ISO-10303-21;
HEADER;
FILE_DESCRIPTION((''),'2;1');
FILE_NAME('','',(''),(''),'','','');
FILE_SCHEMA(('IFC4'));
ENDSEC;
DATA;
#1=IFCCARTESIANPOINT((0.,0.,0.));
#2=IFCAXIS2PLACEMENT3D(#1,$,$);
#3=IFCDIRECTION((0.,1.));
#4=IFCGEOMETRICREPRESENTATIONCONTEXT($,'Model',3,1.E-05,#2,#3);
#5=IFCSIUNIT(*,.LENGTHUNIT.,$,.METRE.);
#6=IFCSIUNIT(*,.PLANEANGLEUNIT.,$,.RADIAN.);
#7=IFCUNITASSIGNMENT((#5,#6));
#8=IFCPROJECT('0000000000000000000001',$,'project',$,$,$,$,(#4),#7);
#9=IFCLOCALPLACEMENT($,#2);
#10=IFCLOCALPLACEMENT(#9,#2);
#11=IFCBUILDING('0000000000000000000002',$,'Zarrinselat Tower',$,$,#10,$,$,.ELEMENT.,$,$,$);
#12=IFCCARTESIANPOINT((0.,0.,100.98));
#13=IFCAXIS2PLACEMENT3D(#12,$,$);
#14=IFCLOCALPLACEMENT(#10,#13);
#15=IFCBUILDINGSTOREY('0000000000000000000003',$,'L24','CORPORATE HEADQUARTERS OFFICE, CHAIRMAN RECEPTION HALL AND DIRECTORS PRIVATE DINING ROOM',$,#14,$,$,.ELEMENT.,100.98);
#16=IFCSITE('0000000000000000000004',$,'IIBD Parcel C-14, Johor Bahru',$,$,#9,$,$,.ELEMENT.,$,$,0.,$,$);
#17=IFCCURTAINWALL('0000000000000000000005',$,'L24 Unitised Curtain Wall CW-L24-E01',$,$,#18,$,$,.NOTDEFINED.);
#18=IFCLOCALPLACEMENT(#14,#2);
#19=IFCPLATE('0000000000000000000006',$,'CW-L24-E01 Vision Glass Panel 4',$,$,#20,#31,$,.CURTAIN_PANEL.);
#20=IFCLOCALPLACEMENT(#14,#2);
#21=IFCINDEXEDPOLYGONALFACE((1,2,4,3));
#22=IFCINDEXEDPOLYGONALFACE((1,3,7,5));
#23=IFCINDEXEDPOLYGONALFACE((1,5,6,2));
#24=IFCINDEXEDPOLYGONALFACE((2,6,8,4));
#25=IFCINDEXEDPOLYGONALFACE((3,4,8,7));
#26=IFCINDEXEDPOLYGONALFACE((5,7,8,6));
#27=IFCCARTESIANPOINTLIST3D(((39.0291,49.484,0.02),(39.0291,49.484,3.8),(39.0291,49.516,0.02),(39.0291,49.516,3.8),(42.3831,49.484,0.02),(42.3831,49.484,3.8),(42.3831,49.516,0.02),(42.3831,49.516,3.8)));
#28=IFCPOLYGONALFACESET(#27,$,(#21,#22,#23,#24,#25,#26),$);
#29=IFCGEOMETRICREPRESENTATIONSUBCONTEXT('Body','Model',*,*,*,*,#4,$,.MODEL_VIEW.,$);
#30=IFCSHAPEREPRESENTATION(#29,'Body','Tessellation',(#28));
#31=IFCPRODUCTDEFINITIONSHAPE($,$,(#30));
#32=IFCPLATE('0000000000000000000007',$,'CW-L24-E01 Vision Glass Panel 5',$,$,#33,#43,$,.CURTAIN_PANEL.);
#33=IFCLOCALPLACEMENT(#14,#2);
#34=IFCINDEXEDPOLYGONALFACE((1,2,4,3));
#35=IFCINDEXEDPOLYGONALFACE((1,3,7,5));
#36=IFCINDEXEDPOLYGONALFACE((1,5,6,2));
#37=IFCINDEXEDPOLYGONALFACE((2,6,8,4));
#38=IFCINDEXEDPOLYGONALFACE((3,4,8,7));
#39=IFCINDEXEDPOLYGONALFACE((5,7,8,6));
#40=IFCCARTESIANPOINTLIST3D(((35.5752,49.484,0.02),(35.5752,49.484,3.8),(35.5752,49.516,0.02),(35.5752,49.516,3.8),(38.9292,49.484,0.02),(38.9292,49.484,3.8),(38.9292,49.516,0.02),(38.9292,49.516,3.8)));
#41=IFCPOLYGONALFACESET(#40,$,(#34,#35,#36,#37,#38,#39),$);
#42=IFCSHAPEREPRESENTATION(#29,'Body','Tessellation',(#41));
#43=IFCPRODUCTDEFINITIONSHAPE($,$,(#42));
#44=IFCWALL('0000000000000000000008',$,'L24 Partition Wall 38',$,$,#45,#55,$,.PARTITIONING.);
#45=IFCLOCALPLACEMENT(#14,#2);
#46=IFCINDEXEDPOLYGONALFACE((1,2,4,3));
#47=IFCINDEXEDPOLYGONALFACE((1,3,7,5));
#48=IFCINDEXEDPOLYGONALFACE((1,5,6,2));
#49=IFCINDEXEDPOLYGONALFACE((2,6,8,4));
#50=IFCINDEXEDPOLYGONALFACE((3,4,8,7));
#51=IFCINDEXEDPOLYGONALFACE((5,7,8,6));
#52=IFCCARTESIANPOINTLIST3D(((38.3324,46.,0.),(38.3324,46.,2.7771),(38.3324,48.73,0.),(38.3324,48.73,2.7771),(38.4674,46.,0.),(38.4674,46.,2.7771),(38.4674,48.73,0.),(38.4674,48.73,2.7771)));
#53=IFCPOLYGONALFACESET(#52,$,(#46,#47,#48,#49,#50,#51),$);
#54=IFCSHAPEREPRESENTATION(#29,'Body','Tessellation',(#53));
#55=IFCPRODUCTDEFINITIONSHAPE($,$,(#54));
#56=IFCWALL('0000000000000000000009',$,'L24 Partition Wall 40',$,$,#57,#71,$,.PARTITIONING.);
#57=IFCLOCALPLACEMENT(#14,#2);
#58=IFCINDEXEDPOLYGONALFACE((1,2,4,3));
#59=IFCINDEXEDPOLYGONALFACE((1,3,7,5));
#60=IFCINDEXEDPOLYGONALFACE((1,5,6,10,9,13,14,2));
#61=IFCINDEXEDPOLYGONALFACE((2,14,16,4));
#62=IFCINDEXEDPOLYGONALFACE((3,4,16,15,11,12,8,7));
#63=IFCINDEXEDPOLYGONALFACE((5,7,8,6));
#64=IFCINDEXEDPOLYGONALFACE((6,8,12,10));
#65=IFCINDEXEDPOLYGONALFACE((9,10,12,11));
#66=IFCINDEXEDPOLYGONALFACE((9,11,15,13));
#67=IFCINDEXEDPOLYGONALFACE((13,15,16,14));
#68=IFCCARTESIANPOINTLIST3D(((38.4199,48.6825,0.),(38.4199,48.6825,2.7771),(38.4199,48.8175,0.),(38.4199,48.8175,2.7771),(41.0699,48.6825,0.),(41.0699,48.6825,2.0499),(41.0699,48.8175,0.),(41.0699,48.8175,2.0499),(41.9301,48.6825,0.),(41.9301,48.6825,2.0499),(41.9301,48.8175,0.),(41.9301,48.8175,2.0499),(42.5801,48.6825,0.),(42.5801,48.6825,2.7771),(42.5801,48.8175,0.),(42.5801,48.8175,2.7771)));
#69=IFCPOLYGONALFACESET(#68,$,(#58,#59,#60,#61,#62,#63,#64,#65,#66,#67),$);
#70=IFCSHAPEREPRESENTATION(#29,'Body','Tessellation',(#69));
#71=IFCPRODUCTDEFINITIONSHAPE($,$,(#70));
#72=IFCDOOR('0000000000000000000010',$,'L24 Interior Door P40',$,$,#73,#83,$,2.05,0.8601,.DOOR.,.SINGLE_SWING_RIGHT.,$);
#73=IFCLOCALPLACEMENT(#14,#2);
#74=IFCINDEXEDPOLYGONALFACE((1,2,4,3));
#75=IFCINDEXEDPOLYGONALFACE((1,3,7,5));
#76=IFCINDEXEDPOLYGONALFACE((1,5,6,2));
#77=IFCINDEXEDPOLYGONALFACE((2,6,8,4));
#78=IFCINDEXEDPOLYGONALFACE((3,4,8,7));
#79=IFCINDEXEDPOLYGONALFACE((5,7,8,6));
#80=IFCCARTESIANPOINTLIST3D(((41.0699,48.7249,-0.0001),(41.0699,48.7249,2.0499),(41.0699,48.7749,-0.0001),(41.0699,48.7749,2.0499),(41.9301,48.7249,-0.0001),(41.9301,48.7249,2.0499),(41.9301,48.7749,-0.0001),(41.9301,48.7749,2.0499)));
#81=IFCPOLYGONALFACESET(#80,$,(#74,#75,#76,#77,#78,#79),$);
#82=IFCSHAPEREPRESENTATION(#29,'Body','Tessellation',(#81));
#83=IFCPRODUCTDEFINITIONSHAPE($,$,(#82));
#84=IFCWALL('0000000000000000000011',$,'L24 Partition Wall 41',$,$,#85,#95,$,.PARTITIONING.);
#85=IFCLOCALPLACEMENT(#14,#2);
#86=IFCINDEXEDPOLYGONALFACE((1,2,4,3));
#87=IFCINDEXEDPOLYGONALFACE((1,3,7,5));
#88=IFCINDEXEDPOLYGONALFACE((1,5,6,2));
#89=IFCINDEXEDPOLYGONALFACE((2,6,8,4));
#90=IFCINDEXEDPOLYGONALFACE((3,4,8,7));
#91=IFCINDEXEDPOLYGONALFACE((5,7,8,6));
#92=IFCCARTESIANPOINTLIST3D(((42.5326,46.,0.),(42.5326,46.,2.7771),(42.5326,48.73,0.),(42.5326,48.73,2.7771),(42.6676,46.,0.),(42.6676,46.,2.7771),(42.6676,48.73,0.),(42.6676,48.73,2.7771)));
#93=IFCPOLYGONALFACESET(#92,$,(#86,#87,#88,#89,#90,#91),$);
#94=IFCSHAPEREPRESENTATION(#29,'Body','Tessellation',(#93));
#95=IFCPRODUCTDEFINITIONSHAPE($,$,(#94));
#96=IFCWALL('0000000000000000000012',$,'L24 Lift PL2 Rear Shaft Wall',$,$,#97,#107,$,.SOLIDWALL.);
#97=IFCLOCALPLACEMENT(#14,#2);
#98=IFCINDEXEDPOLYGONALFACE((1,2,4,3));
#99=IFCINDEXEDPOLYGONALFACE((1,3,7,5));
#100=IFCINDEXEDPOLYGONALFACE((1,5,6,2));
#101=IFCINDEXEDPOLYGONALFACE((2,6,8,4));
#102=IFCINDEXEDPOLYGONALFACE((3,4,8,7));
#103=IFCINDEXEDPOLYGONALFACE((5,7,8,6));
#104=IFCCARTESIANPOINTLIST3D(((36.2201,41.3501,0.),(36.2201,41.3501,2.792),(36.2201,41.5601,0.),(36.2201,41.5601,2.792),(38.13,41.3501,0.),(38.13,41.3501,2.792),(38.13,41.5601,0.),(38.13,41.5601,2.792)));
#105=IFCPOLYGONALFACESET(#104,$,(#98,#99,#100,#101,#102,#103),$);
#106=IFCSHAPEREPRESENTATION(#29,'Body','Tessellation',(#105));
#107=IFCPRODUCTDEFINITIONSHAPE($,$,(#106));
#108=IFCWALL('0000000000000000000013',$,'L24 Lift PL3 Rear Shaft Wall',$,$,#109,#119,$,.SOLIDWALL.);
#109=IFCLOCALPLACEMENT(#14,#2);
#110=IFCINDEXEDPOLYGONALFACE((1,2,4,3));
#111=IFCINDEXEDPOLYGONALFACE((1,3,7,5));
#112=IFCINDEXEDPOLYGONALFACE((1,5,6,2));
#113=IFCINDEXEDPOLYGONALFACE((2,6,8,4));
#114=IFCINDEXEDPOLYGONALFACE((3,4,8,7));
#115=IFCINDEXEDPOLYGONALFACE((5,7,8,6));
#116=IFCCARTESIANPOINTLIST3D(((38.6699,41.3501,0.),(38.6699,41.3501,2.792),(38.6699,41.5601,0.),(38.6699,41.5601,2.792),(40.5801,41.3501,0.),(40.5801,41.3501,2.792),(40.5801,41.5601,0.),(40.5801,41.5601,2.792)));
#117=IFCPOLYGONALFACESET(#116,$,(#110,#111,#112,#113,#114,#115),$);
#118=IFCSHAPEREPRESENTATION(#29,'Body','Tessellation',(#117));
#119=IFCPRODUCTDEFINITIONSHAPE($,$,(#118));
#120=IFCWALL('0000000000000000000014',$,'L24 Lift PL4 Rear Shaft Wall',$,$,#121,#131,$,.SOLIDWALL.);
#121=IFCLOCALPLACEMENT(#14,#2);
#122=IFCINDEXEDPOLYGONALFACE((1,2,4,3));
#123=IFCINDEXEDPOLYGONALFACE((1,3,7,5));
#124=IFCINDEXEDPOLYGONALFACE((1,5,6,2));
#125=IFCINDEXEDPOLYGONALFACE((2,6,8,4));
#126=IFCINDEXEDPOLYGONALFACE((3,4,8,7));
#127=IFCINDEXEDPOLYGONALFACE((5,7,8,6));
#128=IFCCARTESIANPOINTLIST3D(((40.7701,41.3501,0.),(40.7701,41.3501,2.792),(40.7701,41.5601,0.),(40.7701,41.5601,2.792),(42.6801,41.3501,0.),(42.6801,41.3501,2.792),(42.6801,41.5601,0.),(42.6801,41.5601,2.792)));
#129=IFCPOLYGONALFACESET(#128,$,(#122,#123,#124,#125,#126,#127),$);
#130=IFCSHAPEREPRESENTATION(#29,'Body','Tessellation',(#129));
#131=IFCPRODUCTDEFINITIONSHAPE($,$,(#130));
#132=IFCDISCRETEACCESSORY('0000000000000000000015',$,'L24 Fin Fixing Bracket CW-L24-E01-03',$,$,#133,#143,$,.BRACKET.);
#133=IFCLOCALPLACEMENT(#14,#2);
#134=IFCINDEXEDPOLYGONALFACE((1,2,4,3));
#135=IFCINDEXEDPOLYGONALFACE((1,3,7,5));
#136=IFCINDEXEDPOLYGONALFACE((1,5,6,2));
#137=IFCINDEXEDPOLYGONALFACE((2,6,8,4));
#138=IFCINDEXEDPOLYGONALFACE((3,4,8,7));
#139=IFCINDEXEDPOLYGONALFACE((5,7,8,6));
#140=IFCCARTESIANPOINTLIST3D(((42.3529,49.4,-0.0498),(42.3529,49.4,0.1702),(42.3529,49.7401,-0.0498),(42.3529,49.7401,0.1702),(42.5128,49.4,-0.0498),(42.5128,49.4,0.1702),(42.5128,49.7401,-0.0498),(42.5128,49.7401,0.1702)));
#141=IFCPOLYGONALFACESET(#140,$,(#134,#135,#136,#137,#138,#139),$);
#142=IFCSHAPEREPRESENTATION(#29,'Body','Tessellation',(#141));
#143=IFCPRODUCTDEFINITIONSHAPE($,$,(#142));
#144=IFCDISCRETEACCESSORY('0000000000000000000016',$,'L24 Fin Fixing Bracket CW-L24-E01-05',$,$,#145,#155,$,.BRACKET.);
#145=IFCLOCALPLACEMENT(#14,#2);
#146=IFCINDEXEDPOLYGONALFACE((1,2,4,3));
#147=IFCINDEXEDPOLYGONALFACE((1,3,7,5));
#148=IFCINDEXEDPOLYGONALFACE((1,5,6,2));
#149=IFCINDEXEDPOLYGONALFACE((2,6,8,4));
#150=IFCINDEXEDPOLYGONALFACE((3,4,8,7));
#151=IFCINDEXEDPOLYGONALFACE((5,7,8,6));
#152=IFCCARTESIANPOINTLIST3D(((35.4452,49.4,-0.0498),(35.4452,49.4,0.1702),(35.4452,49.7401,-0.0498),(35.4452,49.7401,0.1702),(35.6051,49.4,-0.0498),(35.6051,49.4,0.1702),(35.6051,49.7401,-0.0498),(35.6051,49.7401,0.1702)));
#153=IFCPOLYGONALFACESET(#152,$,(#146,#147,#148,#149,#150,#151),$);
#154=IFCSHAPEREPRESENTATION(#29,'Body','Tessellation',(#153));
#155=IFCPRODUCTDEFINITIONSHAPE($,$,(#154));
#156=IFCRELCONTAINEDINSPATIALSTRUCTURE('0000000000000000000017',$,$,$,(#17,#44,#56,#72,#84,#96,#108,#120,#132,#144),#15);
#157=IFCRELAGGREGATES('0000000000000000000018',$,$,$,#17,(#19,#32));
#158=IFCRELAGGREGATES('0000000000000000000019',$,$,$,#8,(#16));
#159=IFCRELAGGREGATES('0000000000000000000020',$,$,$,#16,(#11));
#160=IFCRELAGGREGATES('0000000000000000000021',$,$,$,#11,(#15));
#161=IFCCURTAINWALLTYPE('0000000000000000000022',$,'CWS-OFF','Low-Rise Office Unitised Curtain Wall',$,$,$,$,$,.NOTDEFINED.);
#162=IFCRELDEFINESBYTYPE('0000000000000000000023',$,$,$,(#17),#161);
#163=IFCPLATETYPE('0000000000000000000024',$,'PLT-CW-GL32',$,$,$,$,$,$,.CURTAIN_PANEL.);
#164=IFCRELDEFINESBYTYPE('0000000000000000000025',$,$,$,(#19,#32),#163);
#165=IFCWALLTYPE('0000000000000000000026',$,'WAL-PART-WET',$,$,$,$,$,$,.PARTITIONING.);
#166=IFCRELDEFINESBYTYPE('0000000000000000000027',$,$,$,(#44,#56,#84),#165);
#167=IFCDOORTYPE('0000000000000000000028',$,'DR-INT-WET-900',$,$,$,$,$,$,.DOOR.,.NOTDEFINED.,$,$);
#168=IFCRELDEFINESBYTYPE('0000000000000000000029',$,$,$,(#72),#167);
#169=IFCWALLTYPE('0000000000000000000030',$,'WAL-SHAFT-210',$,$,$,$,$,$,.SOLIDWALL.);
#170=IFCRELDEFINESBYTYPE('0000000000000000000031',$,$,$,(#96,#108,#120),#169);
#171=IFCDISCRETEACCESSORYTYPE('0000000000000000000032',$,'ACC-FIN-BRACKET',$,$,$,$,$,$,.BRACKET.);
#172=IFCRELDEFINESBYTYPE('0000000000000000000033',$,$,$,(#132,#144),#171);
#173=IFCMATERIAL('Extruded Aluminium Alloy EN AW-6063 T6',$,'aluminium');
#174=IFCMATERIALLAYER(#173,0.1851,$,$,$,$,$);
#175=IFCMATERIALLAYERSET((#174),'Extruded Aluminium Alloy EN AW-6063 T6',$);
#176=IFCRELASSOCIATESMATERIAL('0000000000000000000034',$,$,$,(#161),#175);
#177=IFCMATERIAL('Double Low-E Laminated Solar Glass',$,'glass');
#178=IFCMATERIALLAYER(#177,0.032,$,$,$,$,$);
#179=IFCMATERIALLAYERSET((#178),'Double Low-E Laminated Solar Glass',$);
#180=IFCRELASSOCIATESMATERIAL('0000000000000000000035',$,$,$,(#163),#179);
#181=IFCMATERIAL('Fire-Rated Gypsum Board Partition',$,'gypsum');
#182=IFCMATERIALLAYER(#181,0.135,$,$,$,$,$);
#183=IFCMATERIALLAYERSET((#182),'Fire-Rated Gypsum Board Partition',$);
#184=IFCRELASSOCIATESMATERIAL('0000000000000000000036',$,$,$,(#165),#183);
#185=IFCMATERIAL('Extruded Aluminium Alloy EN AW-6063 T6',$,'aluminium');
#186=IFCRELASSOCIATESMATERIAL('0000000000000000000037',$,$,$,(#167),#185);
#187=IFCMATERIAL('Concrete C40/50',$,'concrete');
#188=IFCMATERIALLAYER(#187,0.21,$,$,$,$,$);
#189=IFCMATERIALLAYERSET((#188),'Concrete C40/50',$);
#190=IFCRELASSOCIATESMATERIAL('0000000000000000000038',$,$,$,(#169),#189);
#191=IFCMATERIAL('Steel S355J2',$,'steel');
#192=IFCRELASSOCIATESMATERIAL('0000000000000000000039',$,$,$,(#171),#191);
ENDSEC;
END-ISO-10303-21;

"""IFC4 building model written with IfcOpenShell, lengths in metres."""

from ifc_helpers import new_model, si_unit, direction, frame, frame_2d, origin, origin_2d, place, context, subcontext, project, spatial, rectangle, extrude, material, layer, layer_set, type_object, element, fill, aggregate, save


model = new_model("IFC4")

# Units and contexts
model_context = context("Model", 3, precision=1e-05, world=origin(), true_north=direction((0.0, 1.0)))
body_context = subcontext(model_context, "Body", "Model", "MODEL_VIEW")
ifc_project = project(units=[si_unit("LENGTHUNIT", "METRE"), si_unit("PLANEANGLEUNIT", "RADIAN")], contexts=[model_context])

# Site, building, storey
site_placement = place(None, origin())
site = spatial("IfcSite", under=ifc_project, at=site_placement, Name="IIBD Parcel C-14, Johor Bahru", CompositionType="ELEMENT", RefElevation=0.0)
building_placement = place(site_placement, origin())
building = spatial("IfcBuilding", under=site, at=building_placement, Name="Zarrinselat Tower", CompositionType="ELEMENT")
storey_placement = place(building_placement, frame((0.0, 0.0, 100.98)))
storey = spatial("IfcBuildingStorey", under=building, at=storey_placement, Name="L24", Description="CORPORATE HEADQUARTERS OFFICE, CHAIRMAN RECEPTION HALL AND DIRECTORS PRIVATE DINING ROOM", CompositionType="ELEMENT", Elevation=100.98)

# Curtain wall, plates
ifc_material_1 = material(Name="Extruded Aluminium Alloy EN AW-6063 T6", Category="aluminium")
ifc_layer_1 = layer(ifc_material_1, 0.1851)
ifc_layer_set_1 = layer_set([ifc_layer_1], Name="Extruded Aluminium Alloy EN AW-6063 T6")
curtain_wall_type = type_object("IfcCurtainWallType", Name="CWS-OFF", Description="Low-Rise Office Unitised Curtain Wall", PredefinedType="NOTDEFINED", material=ifc_layer_set_1)
curtain_wall_placement = place(storey_placement, origin())
curtain_wall = element("IfcCurtainWall", 1, at=curtain_wall_placement, inside=storey, type_object=curtain_wall_type, Name="L24 Unitised Curtain Wall CW-L24-E01", PredefinedType="NOTDEFINED")
ifc_material_2 = material(Name="Double Low-E Laminated Solar Glass", Category="glass")
ifc_layer_2 = layer(ifc_material_2, 0.032)
ifc_layer_set_2 = layer_set([ifc_layer_2], Name="Double Low-E Laminated Solar Glass")
plate_type = type_object("IfcPlateType", Name="PLT-CW-GL32", PredefinedType="CURTAIN_PANEL", material=ifc_layer_set_2)
plate_1_placement = place(storey_placement, frame((40.7061, 49.5, 0.02), z_axis=(0.0, 0.0, 1.0), x_axis=(-1.0, 0.0, 0.0)))
plate_1 = element("IfcPlate", 2, at=plate_1_placement, type_object=plate_type, Name="CW-L24-E01 Vision Glass Panel 4", PredefinedType="CURTAIN_PANEL", context=body_context, shape_type="SweptSolid", body=[
    extrude(rectangle(XDim=3.354, YDim=0.032, at=origin_2d()), origin(), (0.0, 0.0, 1.0), 3.78),
])
plate_2_placement = place(storey_placement, frame((37.2522, 49.5, 0.02), z_axis=(0.0, 0.0, 1.0), x_axis=(-1.0, 0.0, 0.0)))
plate_2 = element("IfcPlate", 3, at=plate_2_placement, type_object=plate_type, Name="CW-L24-E01 Vision Glass Panel 5", PredefinedType="CURTAIN_PANEL", context=body_context, shape_type="SweptSolid", body=[
    extrude(rectangle(XDim=3.354, YDim=0.032, at=origin_2d()), origin(), (0.0, 0.0, 1.0), 3.78),
])
aggregate(curtain_wall, [plate_1, plate_2])

# Wall
ifc_material_3 = material(Name="Fire-Rated Gypsum Board Partition", Category="gypsum")
ifc_layer_3 = layer(ifc_material_3, 0.135)
ifc_layer_set_3 = layer_set([ifc_layer_3], Name="Fire-Rated Gypsum Board Partition")
wall_type_1 = type_object("IfcWallType", Name="WAL-PART-WET", PredefinedType="PARTITIONING", material=ifc_layer_set_3)
wall_1_placement = place(storey_placement, frame((38.3999, 46.0, 0.0), z_axis=(0.0, 0.0, 1.0), x_axis=(0.0, 1.0, 0.0)))
element("IfcWall", 4, at=wall_1_placement, inside=storey, type_object=wall_type_1, Name="L24 Partition Wall 38", PredefinedType="PARTITIONING", context=body_context, shape_type="SweptSolid", body=[
    extrude(rectangle(XDim=2.73, YDim=0.135, at=frame_2d((1.365, 0.0))), origin(), (0.0, 0.0, 1.0), 2.7771),
])

# Wall, opening, door
wall_2_placement = place(storey_placement, frame((38.4199, 48.75, 0.0), z_axis=(0.0, 0.0, 1.0), x_axis=(1.0, 0.0, 0.0)))
wall_2 = element("IfcWall", 5, at=wall_2_placement, inside=storey, type_object=wall_type_1, Name="L24 Partition Wall 40", PredefinedType="PARTITIONING", context=body_context, shape_type="SweptSolid", body=[
    extrude(rectangle(XDim=4.1602, YDim=0.135, at=frame_2d((2.0801, 0.0))), origin(), (0.0, 0.0, 1.0), 2.7771),
])
opening_placement = place(wall_2_placement, frame((2.6499, 0.0, 0.0)))
opening = element("IfcOpeningElement", 6, at=opening_placement, cuts=wall_2, PredefinedType="OPENING", context=body_context, shape_type="SweptSolid", body=[
    extrude(rectangle(XDim=0.8601, YDim=2.05, at=frame_2d((0.4302, 1.0249))), frame((0.0, 0.0774, 0.0), z_axis=(0.0, -1.0, 0.0), x_axis=(1.0, 0.0, 0.0)), (0.0, 0.0, 1.0), 0.155),
])
ifc_material_4 = material(Name="Extruded Aluminium Alloy EN AW-6063 T6", Category="aluminium")
door_type = type_object("IfcDoorType", Name="DR-INT-WET-900", OperationType="NOTDEFINED", PredefinedType="DOOR", material=ifc_material_4)
door_placement = place(opening_placement, origin())
door = element("IfcDoor", 7, at=door_placement, inside=storey, type_object=door_type, Name="L24 Interior Door P40", OperationType="SINGLE_SWING_RIGHT", OverallHeight=2.05, OverallWidth=0.8601, PredefinedType="DOOR", context=body_context, shape_type="SweptSolid", body=[
    extrude(rectangle(XDim=0.8601, YDim=2.05, at=frame_2d((0.4302, 1.0249))), frame((0.0, 0.0249, 0.0), z_axis=(0.0, -1.0, 0.0), x_axis=(1.0, 0.0, 0.0)), (0.0, 0.0, 1.0), 0.05),
])
fill(opening, door)

# Walls
wall_3_placement = place(storey_placement, frame((42.6001, 46.0, 0.0), z_axis=(0.0, 0.0, 1.0), x_axis=(0.0, 1.0, 0.0)))
element("IfcWall", 8, at=wall_3_placement, inside=storey, type_object=wall_type_1, Name="L24 Partition Wall 41", PredefinedType="PARTITIONING", context=body_context, shape_type="SweptSolid", body=[
    extrude(rectangle(XDim=2.73, YDim=0.135, at=frame_2d((1.365, 0.0))), origin(), (0.0, 0.0, 1.0), 2.7771),
])
ifc_material_5 = material(Name="Concrete C40/50", Category="concrete")
ifc_layer_4 = layer(ifc_material_5, 0.21)
ifc_layer_set_4 = layer_set([ifc_layer_4], Name="Concrete C40/50")
wall_type_2 = type_object("IfcWallType", Name="WAL-SHAFT-210", PredefinedType="SOLIDWALL", material=ifc_layer_set_4)
wall_4_placement = place(storey_placement, frame((36.22, 41.4551, 0.0), z_axis=(0.0, 0.0, 1.0), x_axis=(1.0, 0.0, 0.0)))
element("IfcWall", 9, at=wall_4_placement, inside=storey, type_object=wall_type_2, Name="L24 Lift PL2 Rear Shaft Wall", PredefinedType="SOLIDWALL", context=body_context, shape_type="SweptSolid", body=[
    extrude(rectangle(XDim=1.9099, YDim=0.21, at=frame_2d((0.9551, 0.0))), origin(), (0.0, 0.0, 1.0), 2.792),
])
wall_5_placement = place(storey_placement, frame((38.6699, 41.4551, 0.0), z_axis=(0.0, 0.0, 1.0), x_axis=(1.0, 0.0, 0.0)))
element("IfcWall", 10, at=wall_5_placement, inside=storey, type_object=wall_type_2, Name="L24 Lift PL3 Rear Shaft Wall", PredefinedType="SOLIDWALL", context=body_context, shape_type="SweptSolid", body=[
    extrude(rectangle(XDim=1.9102, YDim=0.21, at=frame_2d((0.9551, 0.0))), origin(), (0.0, 0.0, 1.0), 2.792),
])
wall_6_placement = place(storey_placement, frame((40.77, 41.4551, 0.0), z_axis=(0.0, 0.0, 1.0), x_axis=(1.0, 0.0, 0.0)))
element("IfcWall", 11, at=wall_6_placement, inside=storey, type_object=wall_type_2, Name="L24 Lift PL4 Rear Shaft Wall", PredefinedType="SOLIDWALL", context=body_context, shape_type="SweptSolid", body=[
    extrude(rectangle(XDim=1.9099, YDim=0.21, at=frame_2d((0.9551, 0.0))), origin(), (0.0, 0.0, 1.0), 2.792),
])

# Discrete accessories
ifc_material_6 = material(Name="Steel S355J2", Category="steel")
discrete_accessory_type = type_object("IfcDiscreteAccessoryType", Name="ACC-FIN-BRACKET", PredefinedType="BRACKET", material=ifc_material_6)
for number, where, z_axis, x_axis, name in (
    (12, (42.4329, 49.5701, -0.0498), (0.0, 0.0, 1.0), (0.0, 1.0, 0.0), "L24 Fin Fixing Bracket CW-L24-E01-03"),
    (13, (35.5251, 49.5701, -0.0498), (0.0, 0.0, 1.0), (0.0, 1.0, 0.0), "L24 Fin Fixing Bracket CW-L24-E01-05"),
):
    element("IfcDiscreteAccessory", number, at=place(storey_placement, frame(where, z_axis=z_axis, x_axis=x_axis)), inside=storey, type_object=discrete_accessory_type, Name=name, PredefinedType="BRACKET", context=body_context, shape_type="SweptSolid", body=[
        extrude(rectangle(XDim=0.3401, YDim=0.1599, at=origin_2d()), origin(), (0.0, 0.0, 1.0), 0.22),
    ])

save(model, "model.ifc")
